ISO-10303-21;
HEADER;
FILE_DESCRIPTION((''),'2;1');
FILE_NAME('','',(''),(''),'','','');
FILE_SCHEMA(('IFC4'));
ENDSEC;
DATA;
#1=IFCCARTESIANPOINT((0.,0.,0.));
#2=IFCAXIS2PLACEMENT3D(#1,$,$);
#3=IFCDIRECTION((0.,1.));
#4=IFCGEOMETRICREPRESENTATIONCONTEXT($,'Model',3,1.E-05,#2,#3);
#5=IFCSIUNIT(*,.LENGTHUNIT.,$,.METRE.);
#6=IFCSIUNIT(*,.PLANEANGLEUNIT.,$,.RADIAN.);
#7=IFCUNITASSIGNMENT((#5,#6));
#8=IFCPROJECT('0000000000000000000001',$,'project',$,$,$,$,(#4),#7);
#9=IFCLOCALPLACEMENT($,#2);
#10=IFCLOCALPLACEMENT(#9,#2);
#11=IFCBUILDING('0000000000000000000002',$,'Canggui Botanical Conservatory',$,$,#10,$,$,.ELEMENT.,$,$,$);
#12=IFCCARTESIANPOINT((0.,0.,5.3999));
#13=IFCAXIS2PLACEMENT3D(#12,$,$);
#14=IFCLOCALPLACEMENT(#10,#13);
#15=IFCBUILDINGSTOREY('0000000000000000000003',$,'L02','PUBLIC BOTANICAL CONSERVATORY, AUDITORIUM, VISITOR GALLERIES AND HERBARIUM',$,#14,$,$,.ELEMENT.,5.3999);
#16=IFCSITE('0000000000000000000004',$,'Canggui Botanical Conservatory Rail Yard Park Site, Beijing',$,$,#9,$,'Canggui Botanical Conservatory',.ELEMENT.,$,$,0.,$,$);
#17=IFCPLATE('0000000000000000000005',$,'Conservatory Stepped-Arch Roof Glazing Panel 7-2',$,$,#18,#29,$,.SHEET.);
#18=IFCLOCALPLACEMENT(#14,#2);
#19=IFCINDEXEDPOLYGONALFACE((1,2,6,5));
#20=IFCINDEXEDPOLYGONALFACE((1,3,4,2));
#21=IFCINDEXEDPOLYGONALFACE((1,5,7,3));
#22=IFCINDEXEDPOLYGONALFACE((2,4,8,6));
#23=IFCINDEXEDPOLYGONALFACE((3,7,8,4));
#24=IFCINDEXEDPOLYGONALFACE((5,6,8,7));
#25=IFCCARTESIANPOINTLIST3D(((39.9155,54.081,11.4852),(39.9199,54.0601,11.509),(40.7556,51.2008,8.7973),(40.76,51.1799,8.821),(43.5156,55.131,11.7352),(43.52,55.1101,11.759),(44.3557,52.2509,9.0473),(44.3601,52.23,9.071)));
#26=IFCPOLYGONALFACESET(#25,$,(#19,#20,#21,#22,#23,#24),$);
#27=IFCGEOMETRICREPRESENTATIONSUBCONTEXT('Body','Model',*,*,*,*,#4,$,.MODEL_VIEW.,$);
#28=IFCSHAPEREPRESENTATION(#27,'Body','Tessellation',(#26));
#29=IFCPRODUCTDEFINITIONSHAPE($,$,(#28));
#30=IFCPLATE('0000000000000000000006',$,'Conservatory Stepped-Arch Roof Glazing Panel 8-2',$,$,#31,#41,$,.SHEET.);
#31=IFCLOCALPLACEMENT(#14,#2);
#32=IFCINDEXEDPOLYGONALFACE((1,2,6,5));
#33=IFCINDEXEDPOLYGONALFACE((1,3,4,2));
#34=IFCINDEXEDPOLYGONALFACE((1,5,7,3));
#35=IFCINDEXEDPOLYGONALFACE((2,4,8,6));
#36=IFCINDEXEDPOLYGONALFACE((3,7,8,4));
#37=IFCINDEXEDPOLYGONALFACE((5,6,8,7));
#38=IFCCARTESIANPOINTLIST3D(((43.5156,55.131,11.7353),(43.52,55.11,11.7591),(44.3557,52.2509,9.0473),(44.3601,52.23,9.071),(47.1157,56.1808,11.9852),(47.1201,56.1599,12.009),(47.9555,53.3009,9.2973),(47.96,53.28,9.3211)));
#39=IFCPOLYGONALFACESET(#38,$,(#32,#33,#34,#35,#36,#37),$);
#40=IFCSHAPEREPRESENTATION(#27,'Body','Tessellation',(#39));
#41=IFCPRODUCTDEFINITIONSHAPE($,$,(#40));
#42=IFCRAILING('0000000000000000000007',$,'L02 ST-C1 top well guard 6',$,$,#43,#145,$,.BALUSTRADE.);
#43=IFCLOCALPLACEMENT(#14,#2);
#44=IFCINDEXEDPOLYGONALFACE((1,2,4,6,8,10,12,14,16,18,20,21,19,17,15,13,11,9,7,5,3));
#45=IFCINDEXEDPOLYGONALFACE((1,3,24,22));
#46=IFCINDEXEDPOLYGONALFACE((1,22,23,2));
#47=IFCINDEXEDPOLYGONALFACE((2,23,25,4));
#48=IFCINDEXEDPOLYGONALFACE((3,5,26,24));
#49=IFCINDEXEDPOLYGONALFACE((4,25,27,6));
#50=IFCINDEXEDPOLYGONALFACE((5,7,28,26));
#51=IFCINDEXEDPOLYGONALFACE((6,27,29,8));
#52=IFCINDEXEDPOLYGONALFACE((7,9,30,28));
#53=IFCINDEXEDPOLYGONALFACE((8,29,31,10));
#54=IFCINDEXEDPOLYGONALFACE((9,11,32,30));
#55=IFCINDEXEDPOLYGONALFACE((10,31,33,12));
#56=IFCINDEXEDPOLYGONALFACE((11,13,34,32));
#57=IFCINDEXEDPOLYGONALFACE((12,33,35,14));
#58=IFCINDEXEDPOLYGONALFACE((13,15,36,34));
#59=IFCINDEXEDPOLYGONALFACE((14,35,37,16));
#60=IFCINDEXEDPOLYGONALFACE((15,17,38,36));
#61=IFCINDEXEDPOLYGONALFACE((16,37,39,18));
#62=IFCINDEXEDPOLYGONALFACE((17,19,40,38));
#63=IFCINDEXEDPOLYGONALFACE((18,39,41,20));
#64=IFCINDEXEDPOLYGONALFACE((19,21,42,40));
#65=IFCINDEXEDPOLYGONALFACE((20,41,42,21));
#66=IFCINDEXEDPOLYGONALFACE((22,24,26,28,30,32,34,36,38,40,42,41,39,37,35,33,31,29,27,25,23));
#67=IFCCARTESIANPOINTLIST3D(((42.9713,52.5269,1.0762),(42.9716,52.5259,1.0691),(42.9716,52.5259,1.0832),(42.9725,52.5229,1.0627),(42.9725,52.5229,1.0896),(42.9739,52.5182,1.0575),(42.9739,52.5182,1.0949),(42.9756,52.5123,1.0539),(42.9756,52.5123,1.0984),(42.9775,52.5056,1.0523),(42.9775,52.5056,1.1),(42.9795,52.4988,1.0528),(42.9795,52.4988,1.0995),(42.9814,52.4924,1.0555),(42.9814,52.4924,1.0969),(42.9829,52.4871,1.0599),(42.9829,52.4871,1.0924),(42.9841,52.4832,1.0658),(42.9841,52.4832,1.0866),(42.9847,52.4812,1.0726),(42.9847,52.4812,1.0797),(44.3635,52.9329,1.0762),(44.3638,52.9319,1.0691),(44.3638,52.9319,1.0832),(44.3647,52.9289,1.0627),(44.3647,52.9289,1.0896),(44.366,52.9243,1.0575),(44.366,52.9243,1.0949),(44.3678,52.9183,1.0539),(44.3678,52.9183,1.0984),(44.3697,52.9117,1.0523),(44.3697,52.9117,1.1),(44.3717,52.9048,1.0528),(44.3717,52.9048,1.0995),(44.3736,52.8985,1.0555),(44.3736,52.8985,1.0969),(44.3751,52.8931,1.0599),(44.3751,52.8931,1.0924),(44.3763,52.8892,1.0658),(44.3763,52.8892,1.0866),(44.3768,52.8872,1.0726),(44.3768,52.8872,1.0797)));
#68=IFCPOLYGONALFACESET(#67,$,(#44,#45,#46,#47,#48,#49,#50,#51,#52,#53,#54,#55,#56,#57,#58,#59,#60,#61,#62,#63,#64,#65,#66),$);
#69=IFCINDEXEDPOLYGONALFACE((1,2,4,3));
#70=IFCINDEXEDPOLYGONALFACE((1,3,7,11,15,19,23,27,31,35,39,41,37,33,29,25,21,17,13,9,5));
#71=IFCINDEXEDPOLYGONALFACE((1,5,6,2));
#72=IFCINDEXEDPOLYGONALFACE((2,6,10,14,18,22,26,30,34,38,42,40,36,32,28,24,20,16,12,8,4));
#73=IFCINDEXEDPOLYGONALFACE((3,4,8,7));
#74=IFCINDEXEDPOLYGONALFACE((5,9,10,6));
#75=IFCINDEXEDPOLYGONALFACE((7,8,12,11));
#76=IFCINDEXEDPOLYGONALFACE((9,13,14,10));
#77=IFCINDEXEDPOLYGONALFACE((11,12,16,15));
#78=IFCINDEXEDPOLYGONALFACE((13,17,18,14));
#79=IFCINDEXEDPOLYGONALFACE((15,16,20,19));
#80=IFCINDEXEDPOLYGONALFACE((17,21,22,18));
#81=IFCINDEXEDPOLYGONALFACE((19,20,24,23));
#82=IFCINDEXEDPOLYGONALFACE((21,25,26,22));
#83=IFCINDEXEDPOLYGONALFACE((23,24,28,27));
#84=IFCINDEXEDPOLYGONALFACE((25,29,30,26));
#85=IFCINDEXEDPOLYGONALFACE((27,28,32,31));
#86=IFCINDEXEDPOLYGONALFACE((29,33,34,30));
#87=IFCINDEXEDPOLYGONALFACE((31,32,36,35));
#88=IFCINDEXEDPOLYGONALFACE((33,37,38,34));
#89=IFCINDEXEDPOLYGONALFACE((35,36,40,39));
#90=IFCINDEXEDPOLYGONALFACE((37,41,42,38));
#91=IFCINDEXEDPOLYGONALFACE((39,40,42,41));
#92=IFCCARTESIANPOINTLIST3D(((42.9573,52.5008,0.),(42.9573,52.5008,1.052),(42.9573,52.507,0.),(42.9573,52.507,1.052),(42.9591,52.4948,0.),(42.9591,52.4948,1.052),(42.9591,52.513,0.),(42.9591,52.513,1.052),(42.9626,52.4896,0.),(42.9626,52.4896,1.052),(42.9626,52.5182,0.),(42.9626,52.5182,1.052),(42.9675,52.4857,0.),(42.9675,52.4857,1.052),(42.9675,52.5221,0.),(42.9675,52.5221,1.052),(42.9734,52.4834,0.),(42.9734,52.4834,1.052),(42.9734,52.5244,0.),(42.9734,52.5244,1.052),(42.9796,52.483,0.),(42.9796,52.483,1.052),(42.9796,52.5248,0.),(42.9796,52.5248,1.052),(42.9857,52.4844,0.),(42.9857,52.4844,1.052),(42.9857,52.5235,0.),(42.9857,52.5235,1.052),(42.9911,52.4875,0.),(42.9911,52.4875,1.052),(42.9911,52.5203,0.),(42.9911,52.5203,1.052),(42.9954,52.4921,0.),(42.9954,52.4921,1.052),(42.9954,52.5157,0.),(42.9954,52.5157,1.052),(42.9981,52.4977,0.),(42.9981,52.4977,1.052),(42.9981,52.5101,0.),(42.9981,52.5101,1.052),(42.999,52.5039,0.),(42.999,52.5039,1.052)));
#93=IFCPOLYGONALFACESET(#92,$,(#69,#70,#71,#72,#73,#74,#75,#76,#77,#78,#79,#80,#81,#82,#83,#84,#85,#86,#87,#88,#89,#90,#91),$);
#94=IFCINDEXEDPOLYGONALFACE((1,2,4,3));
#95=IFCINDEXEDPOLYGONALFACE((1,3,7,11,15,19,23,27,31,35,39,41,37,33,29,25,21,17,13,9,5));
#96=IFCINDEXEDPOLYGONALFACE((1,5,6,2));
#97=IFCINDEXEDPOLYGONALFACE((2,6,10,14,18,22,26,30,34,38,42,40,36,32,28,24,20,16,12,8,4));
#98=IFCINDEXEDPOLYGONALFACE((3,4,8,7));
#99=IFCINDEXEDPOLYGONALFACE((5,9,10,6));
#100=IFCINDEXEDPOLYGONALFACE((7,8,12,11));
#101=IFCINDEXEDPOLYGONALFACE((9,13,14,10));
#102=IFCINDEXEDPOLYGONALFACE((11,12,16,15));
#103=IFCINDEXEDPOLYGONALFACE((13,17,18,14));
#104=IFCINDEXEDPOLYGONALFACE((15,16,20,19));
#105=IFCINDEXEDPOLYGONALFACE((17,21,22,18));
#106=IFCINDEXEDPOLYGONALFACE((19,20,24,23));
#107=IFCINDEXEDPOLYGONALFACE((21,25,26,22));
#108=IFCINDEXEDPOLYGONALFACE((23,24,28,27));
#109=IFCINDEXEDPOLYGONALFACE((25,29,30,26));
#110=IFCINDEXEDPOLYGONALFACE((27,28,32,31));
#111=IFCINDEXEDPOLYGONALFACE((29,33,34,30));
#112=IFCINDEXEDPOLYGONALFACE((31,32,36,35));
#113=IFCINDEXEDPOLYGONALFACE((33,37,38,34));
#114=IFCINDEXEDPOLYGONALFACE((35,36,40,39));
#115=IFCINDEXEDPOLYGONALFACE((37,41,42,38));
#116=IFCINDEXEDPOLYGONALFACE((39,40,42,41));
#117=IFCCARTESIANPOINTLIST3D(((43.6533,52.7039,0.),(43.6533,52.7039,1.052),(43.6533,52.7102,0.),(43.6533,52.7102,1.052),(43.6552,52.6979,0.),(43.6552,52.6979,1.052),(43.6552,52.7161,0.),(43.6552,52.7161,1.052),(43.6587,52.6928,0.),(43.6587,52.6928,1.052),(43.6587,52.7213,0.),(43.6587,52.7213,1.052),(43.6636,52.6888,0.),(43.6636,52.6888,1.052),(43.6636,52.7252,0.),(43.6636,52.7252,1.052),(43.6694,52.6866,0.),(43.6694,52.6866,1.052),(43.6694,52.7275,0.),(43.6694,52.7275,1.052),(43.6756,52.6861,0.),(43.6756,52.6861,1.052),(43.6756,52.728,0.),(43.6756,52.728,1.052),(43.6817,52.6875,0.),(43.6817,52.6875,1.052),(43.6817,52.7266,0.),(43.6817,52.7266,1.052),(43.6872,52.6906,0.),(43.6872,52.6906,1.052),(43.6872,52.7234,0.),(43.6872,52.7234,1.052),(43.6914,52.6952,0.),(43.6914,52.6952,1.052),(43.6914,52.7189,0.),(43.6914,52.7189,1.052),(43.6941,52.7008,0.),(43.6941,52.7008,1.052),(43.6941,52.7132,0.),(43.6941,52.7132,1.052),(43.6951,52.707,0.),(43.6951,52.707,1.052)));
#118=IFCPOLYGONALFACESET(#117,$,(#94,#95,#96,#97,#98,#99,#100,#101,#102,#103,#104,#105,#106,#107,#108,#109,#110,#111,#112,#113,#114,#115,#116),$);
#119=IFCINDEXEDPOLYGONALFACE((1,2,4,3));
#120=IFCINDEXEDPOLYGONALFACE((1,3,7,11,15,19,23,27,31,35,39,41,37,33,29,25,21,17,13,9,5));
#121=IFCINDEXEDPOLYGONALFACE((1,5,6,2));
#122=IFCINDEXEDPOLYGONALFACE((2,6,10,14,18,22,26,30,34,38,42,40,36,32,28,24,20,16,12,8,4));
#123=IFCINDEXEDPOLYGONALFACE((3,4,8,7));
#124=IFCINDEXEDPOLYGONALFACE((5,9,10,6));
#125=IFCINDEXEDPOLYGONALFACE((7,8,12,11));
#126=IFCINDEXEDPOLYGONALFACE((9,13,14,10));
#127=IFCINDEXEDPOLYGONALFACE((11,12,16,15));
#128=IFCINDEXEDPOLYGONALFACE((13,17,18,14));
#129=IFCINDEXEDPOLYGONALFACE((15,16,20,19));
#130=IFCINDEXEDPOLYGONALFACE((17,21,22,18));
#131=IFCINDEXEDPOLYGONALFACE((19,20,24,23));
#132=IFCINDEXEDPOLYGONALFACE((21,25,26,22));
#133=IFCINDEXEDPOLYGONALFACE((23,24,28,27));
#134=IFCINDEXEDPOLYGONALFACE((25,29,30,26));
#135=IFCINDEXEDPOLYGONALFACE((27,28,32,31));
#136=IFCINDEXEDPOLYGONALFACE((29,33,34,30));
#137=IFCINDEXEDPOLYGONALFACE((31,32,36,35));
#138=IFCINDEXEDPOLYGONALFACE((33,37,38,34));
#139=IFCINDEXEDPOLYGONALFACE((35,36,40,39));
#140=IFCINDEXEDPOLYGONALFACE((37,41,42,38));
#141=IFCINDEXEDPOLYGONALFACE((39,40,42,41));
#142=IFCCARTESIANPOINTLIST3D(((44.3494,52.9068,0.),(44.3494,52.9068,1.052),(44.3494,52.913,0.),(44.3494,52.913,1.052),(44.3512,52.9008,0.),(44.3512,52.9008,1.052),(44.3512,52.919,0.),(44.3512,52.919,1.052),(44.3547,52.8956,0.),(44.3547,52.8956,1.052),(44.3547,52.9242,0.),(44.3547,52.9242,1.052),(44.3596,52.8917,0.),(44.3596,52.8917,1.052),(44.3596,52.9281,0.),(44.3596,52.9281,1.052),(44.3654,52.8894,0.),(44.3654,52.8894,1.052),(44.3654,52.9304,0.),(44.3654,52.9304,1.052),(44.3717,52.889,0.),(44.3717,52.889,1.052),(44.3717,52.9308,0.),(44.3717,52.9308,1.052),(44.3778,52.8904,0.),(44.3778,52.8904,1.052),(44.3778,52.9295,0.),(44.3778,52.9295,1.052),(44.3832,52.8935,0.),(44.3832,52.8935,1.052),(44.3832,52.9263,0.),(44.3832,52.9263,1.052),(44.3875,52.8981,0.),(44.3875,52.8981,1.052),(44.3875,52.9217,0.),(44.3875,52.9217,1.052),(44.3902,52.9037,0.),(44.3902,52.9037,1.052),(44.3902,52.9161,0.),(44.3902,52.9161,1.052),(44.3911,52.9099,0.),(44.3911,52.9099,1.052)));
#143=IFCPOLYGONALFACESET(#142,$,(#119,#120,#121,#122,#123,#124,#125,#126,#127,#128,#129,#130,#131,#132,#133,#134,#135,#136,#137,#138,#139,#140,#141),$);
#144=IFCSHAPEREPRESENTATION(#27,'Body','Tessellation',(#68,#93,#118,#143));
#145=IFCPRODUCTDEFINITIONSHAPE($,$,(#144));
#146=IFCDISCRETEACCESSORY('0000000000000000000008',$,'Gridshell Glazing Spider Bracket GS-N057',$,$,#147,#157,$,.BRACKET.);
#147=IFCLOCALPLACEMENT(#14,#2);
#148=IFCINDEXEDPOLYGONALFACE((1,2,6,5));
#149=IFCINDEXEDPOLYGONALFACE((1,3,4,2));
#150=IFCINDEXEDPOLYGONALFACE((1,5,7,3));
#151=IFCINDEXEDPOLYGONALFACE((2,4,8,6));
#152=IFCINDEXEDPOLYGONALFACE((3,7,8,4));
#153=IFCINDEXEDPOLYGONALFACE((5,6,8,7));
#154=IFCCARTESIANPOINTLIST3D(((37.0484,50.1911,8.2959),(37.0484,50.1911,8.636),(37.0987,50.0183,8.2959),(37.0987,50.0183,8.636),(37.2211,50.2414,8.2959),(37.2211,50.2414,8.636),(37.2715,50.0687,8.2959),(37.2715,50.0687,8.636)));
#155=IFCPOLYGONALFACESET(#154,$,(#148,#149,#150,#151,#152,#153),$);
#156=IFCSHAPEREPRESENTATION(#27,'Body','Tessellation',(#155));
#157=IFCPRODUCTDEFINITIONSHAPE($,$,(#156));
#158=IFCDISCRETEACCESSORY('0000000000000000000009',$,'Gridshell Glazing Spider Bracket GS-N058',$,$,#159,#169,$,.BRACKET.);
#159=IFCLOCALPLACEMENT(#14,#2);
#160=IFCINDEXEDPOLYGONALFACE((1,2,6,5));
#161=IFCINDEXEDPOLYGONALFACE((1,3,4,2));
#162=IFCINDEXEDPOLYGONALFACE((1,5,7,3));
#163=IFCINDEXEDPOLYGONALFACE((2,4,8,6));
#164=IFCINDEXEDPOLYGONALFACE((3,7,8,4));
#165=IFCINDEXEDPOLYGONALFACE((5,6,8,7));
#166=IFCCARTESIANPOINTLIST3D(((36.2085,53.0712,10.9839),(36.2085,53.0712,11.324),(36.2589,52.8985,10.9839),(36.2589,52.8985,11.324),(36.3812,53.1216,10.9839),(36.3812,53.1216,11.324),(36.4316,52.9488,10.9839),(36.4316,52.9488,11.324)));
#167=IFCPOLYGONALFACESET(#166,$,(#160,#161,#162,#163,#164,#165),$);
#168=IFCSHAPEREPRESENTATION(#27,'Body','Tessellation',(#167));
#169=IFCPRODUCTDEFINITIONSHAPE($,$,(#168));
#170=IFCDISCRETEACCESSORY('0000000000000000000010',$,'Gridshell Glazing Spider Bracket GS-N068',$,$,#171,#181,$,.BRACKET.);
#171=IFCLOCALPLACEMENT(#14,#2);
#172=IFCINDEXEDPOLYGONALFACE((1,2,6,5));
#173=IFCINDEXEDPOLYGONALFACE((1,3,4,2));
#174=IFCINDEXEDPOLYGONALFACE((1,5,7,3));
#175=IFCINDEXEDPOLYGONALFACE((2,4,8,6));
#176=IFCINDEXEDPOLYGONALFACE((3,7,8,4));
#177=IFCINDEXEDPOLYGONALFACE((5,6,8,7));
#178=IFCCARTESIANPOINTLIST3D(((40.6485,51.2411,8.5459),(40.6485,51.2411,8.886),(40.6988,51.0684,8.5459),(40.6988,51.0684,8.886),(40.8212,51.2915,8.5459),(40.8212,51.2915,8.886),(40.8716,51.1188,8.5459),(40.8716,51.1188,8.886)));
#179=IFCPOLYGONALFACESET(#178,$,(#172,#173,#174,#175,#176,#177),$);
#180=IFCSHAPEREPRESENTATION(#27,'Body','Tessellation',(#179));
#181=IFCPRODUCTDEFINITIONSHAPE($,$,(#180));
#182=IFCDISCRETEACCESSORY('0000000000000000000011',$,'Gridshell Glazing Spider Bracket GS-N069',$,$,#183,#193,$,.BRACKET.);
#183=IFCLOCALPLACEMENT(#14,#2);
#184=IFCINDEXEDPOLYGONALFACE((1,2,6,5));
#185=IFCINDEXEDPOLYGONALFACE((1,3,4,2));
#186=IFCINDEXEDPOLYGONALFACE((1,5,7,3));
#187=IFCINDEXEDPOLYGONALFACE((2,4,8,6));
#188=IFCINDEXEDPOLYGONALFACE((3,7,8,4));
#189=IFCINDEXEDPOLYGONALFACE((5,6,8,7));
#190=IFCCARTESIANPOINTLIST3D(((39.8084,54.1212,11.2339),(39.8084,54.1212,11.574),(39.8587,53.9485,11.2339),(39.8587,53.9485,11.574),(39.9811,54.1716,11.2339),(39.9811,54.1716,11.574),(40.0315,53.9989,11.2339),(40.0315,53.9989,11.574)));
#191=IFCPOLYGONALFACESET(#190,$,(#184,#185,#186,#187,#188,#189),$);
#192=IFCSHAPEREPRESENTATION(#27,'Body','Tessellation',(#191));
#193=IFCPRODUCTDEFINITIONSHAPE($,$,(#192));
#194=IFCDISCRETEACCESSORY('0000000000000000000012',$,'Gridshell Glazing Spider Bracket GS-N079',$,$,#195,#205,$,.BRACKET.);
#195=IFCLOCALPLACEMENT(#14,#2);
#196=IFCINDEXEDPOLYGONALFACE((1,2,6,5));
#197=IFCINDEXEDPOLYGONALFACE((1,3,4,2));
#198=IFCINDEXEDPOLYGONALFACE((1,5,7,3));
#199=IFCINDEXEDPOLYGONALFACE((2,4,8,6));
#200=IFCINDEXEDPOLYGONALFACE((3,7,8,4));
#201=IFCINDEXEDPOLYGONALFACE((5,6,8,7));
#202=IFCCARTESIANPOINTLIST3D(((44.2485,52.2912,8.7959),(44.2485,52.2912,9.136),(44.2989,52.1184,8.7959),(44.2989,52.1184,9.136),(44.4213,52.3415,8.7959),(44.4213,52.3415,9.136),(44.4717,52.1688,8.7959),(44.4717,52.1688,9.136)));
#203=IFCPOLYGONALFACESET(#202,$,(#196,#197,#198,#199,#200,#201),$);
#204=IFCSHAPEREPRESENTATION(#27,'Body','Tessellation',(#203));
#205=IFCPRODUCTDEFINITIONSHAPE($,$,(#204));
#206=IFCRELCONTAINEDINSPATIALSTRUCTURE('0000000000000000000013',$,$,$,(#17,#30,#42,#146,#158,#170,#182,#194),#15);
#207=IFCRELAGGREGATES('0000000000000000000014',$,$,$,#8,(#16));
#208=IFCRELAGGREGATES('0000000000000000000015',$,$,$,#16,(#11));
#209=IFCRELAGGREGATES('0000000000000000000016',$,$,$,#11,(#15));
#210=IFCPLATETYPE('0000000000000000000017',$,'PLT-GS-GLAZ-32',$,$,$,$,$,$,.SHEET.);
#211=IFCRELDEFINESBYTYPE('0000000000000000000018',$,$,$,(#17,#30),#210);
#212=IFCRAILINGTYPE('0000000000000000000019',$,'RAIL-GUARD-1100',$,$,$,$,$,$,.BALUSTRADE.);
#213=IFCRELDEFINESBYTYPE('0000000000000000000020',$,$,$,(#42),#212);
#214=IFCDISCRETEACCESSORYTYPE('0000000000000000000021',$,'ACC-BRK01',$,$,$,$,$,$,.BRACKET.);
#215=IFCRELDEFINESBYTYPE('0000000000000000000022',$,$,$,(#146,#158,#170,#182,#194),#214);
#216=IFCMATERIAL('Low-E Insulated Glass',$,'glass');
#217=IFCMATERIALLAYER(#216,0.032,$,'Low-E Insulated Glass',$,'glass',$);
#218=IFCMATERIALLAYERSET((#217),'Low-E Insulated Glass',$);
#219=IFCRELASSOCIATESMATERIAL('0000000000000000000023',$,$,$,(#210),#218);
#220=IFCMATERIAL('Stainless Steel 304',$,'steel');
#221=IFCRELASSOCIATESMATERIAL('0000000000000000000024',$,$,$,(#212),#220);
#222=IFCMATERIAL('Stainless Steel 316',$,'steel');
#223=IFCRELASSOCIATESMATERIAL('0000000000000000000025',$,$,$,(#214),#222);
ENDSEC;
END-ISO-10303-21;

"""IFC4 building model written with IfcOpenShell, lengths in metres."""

from ifc_helpers import new_model, si_unit, direction, frame, origin, origin_2d, place, context, subcontext, project, spatial, polyline, rectangle, circle, outline, extrude, material, layer, layer_set, type_object, element, save


model = new_model("IFC4")

# Units and contexts
model_context = context("Model", 3, precision=1e-05, world=origin(), true_north=direction((0.0, 1.0)))
body_context = subcontext(model_context, "Body", "Model", "MODEL_VIEW")
ifc_project = project(units=[si_unit("LENGTHUNIT", "METRE"), si_unit("PLANEANGLEUNIT", "RADIAN")], contexts=[model_context])

# Site, building, storey
site_placement = place(None, origin())
site = spatial("IfcSite", under=ifc_project, at=site_placement, Name="Canggui Botanical Conservatory Rail Yard Park Site, Beijing", LongName="Canggui Botanical Conservatory", CompositionType="ELEMENT", RefElevation=0.0)
building_placement = place(site_placement, origin())
building = spatial("IfcBuilding", under=site, at=building_placement, Name="Canggui Botanical Conservatory", CompositionType="ELEMENT")
storey_placement = place(building_placement, frame((0.0, 0.0, 5.3999)))
storey = spatial("IfcBuildingStorey", under=building, at=storey_placement, Name="L02", Description="PUBLIC BOTANICAL CONSERVATORY, AUDITORIUM, VISITOR GALLERIES AND HERBARIUM", CompositionType="ELEMENT", Elevation=5.3999)

# Plates
ifc_material_1 = material(Name="Low-E Insulated Glass", Category="glass")
ifc_layer = layer(ifc_material_1, 0.032, Name="Low-E Insulated Glass", Category="glass")
ifc_layer_set = layer_set([ifc_layer], Name="Low-E Insulated Glass")
plate_type = type_object("IfcPlateType", Name="PLT-GS-GLAZ-32", PredefinedType="SHEET", material=ifc_layer_set)
plate_1_placement = place(storey_placement, frame((40.76, 51.1799, 8.821), z_axis=(0.13901, -0.653702, 0.743875), x_axis=(0.957872, 0.279385, 0.066517)))
element("IfcPlate", 1, at=plate_1_placement, inside=storey, type_object=plate_type, Name="Conservatory Stepped-Arch Roof Glazing Panel 7-2", PredefinedType="SHEET", context=body_context, shape_type="SweptSolid", body=[
    extrude(outline(polyline([(0.0, 0.0), (3.7584, 0.0), (3.9372, 4.0242), (0.1788, 4.0242), (0.0, 0.0)])), origin(), (0.0, 0.0, -1.0), 0.032),
])
plate_2_placement = place(storey_placement, frame((44.3601, 52.23, 9.071), z_axis=(0.139, -0.653723, 0.743858), x_axis=(0.957871, 0.279385, 0.06654)))
element("IfcPlate", 2, at=plate_2_placement, inside=storey, type_object=plate_type, Name="Conservatory Stepped-Arch Roof Glazing Panel 8-2", PredefinedType="SHEET", context=body_context, shape_type="SweptSolid", body=[
    extrude(outline(polyline([(0.0, 0.0), (3.7582, 0.0), (3.9372, 4.024), (0.1788, 4.0242), (0.0, 0.0)])), origin(), (0.0, 0.0, -1.0), 0.032),
])

# Railing
ifc_material_2 = material(Name="Stainless Steel 304", Category="steel")
railing_type = type_object("IfcRailingType", Name="RAIL-GUARD-1100", PredefinedType="BALUSTRADE", material=ifc_material_2)
railing_1_placement = place(storey_placement, frame((42.978, 52.5039, 0.0)))
element("IfcRailing", 3, at=railing_1_placement, inside=storey, type_object=railing_type, Name="L02 ST-C1 top well guard 6", PredefinedType="BALUSTRADE", context=body_context, shape_type="SweptSolid", body=[
    extrude(circle(Radius=0.0239, at=origin_2d()), frame((0.0, 0.0, 1.0762), z_axis=(0.960004, 0.279987, 0.0), x_axis=(-0.279987, 0.960004, 0.0)), (0.0, 0.0, 1.0), 1.4502),
    extrude(circle(Radius=0.021, at=origin_2d()), origin(), (0.0, 0.0, 1.0), 1.052),
    extrude(circle(Radius=0.021, at=origin_2d()), frame((0.696, 0.2031, 0.0)), (0.0, 0.0, 1.0), 1.052),
    extrude(circle(Radius=0.021, at=origin_2d()), frame((1.3921, 0.406, 0.0)), (0.0, 0.0, 1.0), 1.052),
])

# Discrete accessories
ifc_material_3 = material(Name="Stainless Steel 316", Category="steel")
discrete_accessory_type_1 = type_object("IfcDiscreteAccessoryType", Name="ACC-BRK01", PredefinedType="BRACKET", material=ifc_material_3)
for number, where, z_axis, x_axis, name in (
    (4, (37.1599, 50.1299, 8.2959), (0.0, 0.0, 1.0), (0.96, 0.28, 0.0), "Gridshell Glazing Spider Bracket GS-N057"),
    (5, (36.3201, 53.01, 10.9839), (0.0, 0.0, 1.0), (0.96, 0.28, 0.0), "Gridshell Glazing Spider Bracket GS-N058"),
    (6, (40.76, 51.1799, 8.5459), (0.0, 0.0, 1.0), (0.96, 0.28, 0.0), "Gridshell Glazing Spider Bracket GS-N068"),
    (7, (39.9199, 54.0601, 11.2339), (0.0, 0.0, 1.0), (0.96, 0.28, 0.0), "Gridshell Glazing Spider Bracket GS-N069"),
    (8, (44.3601, 52.23, 8.7959), (0.0, 0.0, 1.0), (0.96, 0.28, 0.0), "Gridshell Glazing Spider Bracket GS-N079"),
):
    element("IfcDiscreteAccessory", number, at=place(storey_placement, frame(where, z_axis=z_axis, x_axis=x_axis)), inside=storey, type_object=discrete_accessory_type_1, Name=name, PredefinedType="BRACKET", context=body_context, shape_type="SweptSolid", body=[
        extrude(rectangle(XDim=0.1799, YDim=0.1799, at=origin_2d()), origin(), (0.0, 0.0, 1.0), 0.3401),
    ])

save(model, "model.ifc")
